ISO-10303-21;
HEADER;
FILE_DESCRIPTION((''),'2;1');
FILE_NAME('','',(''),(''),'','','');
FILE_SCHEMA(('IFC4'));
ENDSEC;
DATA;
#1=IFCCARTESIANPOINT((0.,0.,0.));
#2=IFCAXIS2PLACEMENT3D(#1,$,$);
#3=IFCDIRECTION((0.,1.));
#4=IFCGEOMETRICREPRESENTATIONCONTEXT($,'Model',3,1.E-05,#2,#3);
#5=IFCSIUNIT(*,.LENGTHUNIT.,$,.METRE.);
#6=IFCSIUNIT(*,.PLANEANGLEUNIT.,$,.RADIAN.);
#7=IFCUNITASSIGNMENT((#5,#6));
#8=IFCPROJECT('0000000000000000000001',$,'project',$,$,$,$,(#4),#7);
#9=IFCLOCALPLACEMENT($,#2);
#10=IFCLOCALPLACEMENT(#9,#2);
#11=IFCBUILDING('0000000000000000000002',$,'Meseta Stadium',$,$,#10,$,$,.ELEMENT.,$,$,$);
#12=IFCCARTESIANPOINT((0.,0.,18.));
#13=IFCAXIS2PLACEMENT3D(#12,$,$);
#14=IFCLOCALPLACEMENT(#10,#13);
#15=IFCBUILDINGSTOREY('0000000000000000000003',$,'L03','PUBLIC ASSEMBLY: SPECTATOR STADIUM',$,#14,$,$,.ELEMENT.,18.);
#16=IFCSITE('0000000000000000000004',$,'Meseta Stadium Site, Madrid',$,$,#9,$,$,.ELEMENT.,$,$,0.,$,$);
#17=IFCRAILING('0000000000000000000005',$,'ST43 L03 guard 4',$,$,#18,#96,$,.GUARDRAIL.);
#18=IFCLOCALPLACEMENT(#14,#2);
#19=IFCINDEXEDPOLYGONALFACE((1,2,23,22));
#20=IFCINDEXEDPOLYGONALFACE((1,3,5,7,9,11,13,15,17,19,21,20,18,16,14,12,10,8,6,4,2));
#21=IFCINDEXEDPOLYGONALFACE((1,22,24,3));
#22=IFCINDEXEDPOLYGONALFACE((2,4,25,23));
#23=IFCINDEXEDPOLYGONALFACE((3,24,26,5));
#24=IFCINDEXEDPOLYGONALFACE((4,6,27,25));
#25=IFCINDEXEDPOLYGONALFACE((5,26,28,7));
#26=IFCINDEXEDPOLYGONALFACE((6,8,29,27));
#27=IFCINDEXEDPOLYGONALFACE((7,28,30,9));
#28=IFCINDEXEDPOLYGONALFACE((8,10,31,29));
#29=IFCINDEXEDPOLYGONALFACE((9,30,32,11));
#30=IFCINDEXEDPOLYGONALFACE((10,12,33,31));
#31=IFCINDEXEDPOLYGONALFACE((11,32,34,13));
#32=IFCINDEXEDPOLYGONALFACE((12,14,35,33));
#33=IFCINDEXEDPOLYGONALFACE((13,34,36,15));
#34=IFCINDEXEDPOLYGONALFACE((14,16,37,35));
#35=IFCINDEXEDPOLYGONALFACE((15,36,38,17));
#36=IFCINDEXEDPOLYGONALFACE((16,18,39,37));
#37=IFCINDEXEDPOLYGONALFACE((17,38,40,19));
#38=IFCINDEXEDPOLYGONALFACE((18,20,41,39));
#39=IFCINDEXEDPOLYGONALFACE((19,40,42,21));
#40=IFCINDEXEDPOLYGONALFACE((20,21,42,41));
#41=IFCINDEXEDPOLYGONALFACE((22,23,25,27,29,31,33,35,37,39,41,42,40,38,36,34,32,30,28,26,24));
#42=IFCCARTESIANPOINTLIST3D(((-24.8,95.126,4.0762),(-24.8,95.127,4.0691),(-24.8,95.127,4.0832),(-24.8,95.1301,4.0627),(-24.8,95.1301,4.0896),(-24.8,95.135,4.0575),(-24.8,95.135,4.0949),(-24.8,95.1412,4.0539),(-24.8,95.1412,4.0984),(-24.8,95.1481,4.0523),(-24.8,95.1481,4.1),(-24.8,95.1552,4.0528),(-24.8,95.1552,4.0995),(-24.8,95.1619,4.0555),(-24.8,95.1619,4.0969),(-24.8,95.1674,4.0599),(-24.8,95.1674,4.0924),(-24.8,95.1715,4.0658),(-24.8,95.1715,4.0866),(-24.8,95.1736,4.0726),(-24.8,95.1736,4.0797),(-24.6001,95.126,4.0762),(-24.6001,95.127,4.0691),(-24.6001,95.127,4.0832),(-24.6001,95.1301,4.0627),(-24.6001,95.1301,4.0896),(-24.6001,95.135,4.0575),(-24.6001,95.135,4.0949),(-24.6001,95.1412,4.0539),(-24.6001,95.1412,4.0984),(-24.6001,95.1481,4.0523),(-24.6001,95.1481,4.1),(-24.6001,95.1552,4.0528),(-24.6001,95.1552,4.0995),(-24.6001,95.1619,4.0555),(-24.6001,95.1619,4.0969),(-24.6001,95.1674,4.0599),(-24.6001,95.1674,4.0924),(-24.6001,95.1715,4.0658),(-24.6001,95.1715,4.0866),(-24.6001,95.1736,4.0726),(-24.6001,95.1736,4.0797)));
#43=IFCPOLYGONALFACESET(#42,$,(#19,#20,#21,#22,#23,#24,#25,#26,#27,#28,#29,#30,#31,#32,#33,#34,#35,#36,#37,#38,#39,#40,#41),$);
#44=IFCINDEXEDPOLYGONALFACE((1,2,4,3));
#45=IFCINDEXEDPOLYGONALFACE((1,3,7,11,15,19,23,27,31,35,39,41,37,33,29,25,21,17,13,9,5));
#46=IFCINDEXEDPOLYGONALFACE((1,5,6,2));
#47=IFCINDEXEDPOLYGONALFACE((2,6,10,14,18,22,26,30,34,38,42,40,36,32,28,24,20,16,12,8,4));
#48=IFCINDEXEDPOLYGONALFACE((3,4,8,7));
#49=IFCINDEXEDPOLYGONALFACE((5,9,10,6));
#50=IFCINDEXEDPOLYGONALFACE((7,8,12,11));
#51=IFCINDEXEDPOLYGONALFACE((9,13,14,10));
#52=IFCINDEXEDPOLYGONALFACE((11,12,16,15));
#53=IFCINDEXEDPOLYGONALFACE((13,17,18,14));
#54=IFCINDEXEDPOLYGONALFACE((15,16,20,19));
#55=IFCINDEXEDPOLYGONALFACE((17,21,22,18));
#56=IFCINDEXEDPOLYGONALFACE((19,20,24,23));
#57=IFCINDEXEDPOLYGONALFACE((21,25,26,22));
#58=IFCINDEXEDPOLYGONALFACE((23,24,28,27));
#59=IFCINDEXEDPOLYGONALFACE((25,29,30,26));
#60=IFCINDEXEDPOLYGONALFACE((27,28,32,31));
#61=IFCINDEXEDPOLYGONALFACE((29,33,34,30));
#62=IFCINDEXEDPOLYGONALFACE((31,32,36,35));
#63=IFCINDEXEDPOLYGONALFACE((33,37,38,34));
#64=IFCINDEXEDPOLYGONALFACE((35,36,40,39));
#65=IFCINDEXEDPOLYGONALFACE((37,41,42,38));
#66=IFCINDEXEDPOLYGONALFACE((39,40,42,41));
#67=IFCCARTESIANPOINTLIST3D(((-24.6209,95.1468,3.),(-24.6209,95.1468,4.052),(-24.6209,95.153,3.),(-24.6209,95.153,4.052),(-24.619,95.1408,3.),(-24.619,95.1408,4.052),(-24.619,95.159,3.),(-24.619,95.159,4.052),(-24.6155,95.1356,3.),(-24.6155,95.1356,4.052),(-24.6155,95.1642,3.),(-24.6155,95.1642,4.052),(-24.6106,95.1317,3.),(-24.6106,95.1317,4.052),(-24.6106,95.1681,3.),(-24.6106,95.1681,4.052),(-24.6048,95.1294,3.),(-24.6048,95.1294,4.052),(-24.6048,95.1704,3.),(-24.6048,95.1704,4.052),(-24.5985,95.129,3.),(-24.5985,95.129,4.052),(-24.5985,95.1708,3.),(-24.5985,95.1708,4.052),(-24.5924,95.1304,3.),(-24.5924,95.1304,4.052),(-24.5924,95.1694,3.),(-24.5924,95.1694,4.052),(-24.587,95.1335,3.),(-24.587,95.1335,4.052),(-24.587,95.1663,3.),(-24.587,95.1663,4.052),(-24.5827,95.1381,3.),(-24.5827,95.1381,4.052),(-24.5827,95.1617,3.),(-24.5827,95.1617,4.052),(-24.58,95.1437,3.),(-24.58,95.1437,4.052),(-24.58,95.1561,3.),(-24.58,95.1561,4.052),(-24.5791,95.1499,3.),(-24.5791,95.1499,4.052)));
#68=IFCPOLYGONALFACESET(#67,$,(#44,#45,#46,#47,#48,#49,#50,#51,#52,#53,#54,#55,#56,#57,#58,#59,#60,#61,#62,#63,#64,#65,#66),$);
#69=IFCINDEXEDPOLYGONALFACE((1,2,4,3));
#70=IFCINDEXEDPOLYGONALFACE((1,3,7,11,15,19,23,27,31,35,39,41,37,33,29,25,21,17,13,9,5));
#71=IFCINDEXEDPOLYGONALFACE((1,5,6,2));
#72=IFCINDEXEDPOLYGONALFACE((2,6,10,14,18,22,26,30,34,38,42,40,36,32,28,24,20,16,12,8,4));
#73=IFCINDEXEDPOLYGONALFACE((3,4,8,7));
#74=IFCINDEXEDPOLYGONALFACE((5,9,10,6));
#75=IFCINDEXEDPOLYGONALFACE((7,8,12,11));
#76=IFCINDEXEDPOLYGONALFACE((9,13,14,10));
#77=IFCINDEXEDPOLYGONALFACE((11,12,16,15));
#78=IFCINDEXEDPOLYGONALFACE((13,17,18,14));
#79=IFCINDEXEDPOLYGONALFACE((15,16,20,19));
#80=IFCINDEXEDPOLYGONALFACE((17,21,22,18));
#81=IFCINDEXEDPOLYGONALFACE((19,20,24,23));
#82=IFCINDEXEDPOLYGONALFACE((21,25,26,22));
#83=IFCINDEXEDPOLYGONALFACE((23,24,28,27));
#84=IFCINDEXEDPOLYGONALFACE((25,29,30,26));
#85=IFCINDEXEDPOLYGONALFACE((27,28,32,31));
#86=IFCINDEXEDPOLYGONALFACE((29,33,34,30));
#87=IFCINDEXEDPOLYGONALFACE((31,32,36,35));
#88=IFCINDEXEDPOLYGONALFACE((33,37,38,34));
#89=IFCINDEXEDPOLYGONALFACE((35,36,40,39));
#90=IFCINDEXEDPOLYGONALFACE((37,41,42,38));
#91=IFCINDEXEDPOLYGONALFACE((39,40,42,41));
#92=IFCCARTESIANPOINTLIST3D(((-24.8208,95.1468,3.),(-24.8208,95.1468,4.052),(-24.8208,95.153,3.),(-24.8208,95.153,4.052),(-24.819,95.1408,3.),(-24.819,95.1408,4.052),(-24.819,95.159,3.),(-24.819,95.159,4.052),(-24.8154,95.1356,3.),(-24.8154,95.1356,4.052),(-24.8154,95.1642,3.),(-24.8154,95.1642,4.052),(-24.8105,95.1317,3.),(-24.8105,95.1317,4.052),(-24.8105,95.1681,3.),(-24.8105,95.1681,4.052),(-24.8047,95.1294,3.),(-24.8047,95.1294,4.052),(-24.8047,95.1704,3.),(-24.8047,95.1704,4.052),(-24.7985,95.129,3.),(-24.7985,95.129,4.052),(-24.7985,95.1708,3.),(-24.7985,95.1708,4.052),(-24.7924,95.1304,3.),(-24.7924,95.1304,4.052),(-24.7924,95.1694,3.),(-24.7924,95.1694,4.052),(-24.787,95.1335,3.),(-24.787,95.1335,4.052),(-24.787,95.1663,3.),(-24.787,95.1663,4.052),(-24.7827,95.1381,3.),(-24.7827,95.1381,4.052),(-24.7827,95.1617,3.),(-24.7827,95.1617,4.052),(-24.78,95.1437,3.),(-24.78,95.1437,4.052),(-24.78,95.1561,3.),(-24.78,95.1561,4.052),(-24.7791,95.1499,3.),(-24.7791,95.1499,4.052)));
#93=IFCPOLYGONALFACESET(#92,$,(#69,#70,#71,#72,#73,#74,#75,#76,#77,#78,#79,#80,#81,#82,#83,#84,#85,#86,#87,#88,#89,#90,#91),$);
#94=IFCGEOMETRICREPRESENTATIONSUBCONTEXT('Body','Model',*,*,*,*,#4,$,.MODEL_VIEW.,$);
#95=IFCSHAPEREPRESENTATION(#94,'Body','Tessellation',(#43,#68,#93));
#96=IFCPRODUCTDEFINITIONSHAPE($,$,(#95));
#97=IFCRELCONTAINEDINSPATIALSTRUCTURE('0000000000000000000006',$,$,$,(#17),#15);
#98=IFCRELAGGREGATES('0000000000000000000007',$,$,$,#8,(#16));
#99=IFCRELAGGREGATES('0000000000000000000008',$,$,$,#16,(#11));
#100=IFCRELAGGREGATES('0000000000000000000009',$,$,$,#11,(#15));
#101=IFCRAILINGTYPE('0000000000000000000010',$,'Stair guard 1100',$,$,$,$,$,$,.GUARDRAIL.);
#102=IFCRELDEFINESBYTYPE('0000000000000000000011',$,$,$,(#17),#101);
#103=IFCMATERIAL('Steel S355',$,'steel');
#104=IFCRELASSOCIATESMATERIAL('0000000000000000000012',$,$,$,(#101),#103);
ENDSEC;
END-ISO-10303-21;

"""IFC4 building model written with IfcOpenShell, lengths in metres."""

from ifc_helpers import new_model, si_unit, direction, frame, origin, origin_2d, place, context, subcontext, project, spatial, circle, extrude, material, type_object, element, save


model = new_model("IFC4")

# Units and contexts
model_context = context("Model", 3, precision=1e-05, world=origin(), true_north=direction((0.0, 1.0)))
body_context = subcontext(model_context, "Body", "Model", "MODEL_VIEW")
ifc_project = project(units=[si_unit("LENGTHUNIT", "METRE"), si_unit("PLANEANGLEUNIT", "RADIAN")], contexts=[model_context])

# Site, building, storey
site_placement = place(None, origin())
site = spatial("IfcSite", under=ifc_project, at=site_placement, Name="Meseta Stadium Site, Madrid", CompositionType="ELEMENT", RefElevation=0.0)
building_placement = place(site_placement, origin())
building = spatial("IfcBuilding", under=site, at=building_placement, Name="Meseta Stadium", CompositionType="ELEMENT")
storey_placement = place(building_placement, frame((0.0, 0.0, 18.0)))
storey = spatial("IfcBuildingStorey", under=building, at=storey_placement, Name="L03", Description="PUBLIC ASSEMBLY: SPECTATOR STADIUM", CompositionType="ELEMENT", Elevation=18.0)

# Railing
ifc_material_1 = material(Name="Steel S355", Category="steel")
railing_type_1 = type_object("IfcRailingType", Name="Stair guard 1100", PredefinedType="GUARDRAIL", material=ifc_material_1)
railing_1_placement = place(storey_placement, frame((-24.6001, 95.1499, 3.0)))
element("IfcRailing", 1, at=railing_1_placement, inside=storey, type_object=railing_type_1, Name="ST43 L03 guard 4", PredefinedType="GUARDRAIL", context=body_context, shape_type="SweptSolid", body=[
    extrude(circle(Radius=0.0239, at=origin_2d()), frame((0.0, 0.0, 1.0762), z_axis=(-1.0, 0.0, 0.0), x_axis=(0.0, -1.0, 0.0)), (0.0, 0.0, 1.0), 0.2),
    extrude(circle(Radius=0.021, at=origin_2d()), origin(), (0.0, 0.0, 1.0), 1.052),
    extrude(circle(Radius=0.021, at=origin_2d()), frame((-0.2, 0.0, 0.0)), (0.0, 0.0, 1.0), 1.052),
])

save(model, "model.ifc")
